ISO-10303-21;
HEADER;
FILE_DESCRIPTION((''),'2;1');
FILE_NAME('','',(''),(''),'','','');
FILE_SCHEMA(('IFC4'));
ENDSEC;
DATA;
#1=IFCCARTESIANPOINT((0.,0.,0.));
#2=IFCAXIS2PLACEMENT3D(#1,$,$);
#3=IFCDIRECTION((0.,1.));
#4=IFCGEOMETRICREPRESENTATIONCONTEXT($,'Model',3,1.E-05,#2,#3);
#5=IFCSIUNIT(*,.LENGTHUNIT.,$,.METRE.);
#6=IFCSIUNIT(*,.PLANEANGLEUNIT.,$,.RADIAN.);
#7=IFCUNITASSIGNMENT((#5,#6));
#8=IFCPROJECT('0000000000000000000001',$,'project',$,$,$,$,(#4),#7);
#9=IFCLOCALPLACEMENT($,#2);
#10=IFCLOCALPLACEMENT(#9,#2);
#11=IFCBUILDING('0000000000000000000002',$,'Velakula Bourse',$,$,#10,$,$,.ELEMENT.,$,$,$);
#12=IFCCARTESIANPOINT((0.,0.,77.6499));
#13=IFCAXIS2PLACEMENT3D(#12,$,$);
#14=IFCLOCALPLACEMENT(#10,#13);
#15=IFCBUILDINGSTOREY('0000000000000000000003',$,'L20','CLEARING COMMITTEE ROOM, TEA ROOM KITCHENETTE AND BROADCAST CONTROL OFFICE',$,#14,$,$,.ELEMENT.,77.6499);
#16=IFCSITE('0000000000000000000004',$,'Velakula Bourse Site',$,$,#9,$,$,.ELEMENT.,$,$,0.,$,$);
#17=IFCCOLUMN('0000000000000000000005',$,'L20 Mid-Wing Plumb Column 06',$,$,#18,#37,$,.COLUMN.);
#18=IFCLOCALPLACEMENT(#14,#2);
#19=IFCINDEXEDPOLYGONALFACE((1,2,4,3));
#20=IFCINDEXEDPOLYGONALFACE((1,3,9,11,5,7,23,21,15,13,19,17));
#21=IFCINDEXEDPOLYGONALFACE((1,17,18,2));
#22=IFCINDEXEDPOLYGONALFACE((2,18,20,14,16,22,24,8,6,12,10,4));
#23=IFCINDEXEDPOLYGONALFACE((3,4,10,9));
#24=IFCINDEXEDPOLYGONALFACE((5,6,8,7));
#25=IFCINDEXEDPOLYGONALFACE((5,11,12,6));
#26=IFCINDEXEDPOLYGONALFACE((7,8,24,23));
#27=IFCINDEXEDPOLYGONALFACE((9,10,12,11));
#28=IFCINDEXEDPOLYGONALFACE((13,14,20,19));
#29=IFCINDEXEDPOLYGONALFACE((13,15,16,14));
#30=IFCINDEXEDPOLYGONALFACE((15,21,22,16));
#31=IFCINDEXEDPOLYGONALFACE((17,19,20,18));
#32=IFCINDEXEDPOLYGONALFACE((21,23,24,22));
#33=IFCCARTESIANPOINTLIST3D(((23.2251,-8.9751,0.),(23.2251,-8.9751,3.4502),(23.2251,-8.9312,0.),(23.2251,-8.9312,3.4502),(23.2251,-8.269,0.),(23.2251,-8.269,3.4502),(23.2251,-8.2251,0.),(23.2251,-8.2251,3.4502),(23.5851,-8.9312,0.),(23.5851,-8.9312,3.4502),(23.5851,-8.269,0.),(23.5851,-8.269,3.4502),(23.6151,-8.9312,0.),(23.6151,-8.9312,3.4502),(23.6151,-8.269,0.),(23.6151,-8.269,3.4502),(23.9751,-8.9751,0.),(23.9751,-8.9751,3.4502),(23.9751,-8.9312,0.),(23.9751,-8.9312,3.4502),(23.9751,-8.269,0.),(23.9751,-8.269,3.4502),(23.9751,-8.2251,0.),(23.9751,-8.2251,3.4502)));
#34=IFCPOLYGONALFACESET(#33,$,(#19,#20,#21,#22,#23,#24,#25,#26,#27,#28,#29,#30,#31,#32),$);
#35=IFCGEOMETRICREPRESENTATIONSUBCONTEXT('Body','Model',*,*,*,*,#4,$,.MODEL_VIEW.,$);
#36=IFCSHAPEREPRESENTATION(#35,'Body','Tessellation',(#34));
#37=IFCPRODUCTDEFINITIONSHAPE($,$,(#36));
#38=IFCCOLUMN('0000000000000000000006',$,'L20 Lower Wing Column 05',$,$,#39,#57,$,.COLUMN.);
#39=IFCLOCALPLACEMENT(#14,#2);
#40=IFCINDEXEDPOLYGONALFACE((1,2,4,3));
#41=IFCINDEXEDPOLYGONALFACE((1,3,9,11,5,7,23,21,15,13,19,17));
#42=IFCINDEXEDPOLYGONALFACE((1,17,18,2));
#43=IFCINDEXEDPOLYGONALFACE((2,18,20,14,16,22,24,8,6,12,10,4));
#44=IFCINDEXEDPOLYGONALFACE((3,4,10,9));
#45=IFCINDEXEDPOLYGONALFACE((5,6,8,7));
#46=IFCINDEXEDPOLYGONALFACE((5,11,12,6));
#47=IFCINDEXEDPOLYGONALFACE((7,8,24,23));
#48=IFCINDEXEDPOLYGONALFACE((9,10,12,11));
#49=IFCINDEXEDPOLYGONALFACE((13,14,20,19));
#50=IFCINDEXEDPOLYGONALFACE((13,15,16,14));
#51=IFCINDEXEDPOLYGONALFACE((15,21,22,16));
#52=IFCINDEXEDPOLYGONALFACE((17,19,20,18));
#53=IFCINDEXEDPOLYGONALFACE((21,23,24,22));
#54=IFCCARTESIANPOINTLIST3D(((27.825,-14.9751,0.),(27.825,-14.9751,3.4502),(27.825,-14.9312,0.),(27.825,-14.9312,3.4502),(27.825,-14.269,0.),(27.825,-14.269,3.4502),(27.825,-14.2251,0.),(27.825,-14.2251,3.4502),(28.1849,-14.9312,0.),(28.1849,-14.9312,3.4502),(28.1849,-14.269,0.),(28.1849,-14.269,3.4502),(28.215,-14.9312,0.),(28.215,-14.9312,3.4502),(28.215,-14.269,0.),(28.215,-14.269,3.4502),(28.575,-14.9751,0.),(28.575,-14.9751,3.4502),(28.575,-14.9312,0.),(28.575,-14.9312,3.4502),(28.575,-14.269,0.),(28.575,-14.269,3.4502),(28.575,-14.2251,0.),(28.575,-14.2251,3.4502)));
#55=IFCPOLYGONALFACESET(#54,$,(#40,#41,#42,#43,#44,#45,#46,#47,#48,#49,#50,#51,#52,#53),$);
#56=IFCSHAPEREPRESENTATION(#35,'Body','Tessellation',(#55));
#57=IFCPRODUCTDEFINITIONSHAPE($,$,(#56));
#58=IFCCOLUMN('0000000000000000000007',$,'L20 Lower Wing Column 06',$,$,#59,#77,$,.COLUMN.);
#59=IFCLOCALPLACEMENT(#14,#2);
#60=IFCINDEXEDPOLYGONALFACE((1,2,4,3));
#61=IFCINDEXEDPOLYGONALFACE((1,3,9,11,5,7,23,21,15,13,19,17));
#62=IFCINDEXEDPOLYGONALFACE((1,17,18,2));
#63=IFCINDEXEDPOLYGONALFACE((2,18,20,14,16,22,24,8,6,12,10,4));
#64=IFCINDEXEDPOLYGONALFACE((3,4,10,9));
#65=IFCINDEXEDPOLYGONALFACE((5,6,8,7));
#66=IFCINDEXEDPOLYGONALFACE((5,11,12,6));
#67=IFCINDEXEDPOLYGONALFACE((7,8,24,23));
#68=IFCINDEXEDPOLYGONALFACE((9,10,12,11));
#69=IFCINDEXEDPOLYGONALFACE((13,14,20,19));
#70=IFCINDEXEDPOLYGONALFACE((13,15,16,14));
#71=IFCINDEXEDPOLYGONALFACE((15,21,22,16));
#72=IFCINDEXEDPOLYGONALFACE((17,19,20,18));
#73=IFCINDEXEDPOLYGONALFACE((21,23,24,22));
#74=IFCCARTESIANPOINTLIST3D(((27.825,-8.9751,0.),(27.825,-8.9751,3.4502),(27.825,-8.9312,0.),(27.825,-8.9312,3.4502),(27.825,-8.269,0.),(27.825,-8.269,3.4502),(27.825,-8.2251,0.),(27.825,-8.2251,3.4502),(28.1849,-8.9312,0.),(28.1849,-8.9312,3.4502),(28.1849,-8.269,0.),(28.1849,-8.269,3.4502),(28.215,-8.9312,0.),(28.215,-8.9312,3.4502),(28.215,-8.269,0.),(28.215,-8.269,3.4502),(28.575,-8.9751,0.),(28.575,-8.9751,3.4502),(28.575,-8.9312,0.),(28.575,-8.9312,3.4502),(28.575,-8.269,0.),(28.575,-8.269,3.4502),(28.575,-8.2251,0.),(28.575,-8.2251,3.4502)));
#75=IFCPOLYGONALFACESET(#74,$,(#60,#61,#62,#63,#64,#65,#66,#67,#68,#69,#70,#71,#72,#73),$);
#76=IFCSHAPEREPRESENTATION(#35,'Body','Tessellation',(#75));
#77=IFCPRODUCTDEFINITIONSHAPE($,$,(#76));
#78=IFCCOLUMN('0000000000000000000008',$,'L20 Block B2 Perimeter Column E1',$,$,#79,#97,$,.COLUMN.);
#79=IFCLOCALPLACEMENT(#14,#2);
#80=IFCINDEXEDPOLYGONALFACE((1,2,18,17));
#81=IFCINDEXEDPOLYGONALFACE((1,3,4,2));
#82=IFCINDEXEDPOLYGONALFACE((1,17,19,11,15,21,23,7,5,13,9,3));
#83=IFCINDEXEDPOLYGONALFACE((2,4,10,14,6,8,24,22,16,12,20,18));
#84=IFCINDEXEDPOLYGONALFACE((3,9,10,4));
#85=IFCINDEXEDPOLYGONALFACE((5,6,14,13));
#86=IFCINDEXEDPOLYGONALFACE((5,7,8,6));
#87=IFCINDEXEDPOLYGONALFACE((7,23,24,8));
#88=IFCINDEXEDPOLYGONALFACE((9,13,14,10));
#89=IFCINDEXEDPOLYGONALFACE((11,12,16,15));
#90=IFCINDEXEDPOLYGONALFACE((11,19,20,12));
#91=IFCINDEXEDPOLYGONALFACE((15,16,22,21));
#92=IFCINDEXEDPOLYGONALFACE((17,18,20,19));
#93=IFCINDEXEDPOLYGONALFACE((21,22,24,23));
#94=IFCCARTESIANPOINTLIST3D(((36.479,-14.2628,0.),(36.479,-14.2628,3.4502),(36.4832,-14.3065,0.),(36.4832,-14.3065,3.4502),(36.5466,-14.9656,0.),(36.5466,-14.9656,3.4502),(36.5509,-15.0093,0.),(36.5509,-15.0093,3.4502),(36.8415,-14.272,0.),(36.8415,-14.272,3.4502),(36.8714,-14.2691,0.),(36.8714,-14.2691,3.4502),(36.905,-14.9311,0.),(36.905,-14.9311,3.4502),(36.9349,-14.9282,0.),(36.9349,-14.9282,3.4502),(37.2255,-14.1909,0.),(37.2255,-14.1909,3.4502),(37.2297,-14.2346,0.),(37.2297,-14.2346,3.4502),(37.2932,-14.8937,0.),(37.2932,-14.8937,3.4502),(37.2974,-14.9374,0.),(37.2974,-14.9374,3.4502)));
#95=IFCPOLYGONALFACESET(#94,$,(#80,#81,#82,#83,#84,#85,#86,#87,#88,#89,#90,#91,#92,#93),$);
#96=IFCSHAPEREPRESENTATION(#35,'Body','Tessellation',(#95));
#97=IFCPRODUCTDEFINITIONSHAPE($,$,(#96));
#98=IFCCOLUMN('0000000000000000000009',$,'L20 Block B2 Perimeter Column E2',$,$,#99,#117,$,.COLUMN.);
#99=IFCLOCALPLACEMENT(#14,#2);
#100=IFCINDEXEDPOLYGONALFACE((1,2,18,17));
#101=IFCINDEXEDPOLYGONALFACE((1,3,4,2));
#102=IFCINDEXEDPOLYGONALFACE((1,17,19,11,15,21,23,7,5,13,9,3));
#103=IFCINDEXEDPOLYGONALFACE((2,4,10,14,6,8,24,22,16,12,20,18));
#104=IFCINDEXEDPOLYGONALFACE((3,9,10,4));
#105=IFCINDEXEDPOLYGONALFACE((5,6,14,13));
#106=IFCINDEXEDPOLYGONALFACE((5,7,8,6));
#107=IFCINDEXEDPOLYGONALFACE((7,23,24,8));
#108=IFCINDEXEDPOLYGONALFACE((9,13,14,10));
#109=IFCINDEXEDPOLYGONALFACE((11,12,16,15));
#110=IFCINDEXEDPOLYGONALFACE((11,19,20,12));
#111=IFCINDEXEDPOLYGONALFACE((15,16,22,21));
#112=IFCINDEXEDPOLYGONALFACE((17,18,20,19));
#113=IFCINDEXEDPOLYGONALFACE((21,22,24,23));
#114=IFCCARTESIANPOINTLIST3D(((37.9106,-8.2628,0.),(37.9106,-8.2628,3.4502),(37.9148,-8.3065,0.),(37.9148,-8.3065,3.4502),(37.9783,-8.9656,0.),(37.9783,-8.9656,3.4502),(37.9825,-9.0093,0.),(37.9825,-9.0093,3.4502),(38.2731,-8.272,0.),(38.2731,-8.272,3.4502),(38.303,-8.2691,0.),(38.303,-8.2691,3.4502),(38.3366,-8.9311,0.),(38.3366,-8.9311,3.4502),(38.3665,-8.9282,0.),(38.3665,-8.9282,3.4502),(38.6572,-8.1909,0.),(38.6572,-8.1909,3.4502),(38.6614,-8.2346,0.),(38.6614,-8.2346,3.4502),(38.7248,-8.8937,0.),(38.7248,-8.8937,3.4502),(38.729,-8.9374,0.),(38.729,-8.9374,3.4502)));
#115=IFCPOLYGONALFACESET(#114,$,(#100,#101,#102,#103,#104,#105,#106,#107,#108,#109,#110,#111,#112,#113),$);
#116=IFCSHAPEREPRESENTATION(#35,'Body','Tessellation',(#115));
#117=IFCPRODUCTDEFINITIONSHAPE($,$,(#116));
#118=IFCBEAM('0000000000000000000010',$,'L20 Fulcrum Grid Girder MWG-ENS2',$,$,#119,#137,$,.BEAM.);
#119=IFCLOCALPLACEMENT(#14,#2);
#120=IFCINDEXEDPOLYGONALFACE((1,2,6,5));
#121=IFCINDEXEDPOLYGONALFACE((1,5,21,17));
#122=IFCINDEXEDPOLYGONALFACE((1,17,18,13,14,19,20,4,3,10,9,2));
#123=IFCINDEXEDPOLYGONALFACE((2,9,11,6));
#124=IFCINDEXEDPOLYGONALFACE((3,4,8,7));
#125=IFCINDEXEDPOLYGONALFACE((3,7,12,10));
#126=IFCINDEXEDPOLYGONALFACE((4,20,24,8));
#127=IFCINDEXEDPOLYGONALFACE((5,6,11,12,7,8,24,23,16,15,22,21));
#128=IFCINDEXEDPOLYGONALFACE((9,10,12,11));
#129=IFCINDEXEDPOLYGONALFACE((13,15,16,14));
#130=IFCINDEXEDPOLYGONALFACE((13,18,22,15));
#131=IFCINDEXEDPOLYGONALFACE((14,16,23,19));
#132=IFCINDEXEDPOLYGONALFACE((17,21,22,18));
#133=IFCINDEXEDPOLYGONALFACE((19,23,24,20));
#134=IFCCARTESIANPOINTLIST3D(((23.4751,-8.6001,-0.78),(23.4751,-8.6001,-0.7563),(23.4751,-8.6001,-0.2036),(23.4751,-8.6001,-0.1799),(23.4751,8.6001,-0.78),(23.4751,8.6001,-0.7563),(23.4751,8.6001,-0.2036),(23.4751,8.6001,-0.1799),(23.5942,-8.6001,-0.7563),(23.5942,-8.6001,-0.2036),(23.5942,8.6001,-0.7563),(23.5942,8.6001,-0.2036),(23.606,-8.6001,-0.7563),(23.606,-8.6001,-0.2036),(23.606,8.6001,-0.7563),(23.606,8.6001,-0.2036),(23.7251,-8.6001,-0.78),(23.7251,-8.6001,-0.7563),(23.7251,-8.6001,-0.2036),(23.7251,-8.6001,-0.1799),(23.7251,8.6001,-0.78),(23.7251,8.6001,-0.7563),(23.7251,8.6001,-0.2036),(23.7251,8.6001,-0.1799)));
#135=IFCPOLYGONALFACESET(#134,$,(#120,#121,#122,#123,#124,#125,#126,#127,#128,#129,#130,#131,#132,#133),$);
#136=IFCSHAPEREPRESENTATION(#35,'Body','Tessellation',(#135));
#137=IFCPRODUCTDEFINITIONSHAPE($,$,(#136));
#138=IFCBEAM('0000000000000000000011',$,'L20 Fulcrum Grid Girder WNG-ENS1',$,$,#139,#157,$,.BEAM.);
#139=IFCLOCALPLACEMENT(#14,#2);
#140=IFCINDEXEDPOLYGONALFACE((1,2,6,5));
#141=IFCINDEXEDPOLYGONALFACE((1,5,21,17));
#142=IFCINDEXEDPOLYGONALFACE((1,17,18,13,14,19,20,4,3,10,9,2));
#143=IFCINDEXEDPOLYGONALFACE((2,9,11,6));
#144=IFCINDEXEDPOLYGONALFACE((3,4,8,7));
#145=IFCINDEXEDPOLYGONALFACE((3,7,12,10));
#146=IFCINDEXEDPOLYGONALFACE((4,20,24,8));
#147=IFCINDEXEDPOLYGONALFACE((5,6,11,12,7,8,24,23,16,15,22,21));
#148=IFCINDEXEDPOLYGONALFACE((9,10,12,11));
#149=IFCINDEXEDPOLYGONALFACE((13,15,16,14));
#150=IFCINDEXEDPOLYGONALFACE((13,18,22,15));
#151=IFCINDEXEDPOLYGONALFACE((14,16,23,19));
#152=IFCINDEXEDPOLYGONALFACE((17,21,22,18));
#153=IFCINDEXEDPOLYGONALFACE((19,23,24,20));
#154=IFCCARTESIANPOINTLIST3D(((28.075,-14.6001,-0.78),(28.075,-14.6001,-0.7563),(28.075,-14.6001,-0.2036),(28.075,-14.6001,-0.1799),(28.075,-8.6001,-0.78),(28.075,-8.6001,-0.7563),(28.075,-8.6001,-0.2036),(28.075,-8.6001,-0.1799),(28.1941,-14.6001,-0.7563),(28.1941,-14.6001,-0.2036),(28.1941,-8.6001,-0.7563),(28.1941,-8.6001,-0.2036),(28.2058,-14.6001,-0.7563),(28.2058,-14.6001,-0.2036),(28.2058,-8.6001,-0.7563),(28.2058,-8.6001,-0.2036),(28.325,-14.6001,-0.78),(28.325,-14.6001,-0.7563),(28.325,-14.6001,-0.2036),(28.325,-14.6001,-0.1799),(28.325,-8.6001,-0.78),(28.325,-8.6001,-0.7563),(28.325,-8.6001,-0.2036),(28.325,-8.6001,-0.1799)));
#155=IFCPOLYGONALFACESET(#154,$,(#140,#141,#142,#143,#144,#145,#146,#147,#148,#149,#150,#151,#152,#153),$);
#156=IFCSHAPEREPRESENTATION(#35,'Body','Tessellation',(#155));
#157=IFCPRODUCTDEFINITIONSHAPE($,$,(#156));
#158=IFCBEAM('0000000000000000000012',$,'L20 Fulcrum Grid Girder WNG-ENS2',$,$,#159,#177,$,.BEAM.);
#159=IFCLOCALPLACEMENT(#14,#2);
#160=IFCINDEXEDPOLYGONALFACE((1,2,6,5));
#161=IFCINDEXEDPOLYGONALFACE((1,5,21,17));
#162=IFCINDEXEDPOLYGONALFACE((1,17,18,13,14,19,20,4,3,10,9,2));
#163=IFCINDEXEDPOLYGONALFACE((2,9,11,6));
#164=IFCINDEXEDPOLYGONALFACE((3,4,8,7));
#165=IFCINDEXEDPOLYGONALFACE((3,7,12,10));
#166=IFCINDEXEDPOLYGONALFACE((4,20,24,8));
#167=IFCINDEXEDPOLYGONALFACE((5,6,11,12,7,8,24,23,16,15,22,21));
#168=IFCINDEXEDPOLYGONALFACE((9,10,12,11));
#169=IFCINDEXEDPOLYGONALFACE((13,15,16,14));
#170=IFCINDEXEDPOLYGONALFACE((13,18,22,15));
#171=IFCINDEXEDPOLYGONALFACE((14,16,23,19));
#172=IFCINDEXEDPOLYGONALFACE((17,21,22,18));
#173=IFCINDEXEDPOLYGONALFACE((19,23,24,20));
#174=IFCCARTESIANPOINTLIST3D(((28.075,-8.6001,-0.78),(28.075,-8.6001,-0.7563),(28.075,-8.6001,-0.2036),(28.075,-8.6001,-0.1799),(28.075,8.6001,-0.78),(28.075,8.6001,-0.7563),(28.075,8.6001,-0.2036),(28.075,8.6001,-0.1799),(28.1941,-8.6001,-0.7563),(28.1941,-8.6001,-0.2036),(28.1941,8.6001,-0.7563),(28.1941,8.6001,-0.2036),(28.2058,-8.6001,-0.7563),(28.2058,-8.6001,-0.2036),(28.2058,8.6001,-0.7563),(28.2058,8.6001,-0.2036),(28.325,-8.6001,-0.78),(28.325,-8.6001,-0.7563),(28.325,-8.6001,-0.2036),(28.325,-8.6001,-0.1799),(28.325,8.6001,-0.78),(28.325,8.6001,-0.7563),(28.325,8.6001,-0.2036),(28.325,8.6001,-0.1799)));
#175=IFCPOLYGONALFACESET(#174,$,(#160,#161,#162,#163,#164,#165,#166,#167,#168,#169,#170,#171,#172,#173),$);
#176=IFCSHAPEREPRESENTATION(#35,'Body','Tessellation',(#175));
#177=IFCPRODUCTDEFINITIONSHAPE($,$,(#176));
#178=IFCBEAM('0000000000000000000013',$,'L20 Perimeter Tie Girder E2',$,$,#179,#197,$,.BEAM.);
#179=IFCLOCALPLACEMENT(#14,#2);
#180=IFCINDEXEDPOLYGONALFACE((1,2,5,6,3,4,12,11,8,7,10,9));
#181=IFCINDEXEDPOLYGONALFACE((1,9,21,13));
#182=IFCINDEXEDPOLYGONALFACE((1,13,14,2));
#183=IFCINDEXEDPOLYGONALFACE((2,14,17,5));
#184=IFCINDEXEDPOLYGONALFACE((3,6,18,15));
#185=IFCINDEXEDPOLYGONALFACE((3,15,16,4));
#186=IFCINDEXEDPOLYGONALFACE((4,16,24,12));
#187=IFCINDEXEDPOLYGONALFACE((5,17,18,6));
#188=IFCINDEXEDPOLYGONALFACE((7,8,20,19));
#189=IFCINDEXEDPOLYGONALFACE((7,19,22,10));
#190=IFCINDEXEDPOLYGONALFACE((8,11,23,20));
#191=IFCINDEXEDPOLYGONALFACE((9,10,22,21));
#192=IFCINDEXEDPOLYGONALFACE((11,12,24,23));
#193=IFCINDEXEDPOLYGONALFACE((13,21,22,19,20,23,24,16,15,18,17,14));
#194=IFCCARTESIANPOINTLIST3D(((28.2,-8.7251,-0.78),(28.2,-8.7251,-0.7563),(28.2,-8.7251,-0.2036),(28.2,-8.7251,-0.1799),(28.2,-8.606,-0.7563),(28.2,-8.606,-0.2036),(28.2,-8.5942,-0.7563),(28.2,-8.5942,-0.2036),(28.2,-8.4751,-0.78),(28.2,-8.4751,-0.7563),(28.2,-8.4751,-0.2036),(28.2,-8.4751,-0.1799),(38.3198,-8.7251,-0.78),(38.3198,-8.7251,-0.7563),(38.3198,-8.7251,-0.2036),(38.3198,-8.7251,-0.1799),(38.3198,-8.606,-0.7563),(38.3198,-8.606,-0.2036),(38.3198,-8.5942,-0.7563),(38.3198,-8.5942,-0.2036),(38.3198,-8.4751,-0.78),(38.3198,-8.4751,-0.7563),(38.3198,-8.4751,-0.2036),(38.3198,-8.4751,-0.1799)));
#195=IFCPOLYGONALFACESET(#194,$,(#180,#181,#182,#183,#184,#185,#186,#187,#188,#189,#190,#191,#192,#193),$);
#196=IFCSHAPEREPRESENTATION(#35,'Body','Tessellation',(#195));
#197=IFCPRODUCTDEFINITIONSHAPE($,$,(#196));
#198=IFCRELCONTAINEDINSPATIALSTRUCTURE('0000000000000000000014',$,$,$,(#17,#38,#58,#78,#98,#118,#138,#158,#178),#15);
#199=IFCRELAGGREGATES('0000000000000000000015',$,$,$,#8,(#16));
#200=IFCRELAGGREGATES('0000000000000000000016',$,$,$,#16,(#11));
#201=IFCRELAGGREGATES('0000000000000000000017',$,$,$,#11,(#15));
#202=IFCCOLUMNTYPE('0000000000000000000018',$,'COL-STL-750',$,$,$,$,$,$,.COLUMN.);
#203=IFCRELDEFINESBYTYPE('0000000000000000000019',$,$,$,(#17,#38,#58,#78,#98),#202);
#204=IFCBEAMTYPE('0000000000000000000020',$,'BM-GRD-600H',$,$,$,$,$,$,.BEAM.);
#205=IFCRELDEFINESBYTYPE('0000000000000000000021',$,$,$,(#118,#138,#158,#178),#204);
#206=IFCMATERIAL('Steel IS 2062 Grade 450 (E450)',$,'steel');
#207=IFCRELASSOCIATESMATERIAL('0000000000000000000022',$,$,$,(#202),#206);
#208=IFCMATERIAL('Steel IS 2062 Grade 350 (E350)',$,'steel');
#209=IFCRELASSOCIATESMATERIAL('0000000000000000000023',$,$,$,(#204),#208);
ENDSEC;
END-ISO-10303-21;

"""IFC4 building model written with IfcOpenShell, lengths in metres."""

from ifc_helpers import new_model, si_unit, direction, frame, origin, origin_2d, place, context, subcontext, project, spatial, i_section, extrude, material, material_profile, profile_set, type_object, element, save


model = new_model("IFC4")

# Units and contexts
model_context = context("Model", 3, precision=1e-05, world=origin(), true_north=direction((0.0, 1.0)))
body_context = subcontext(model_context, "Body", "Model", "MODEL_VIEW")
ifc_project = project(units=[si_unit("LENGTHUNIT", "METRE"), si_unit("PLANEANGLEUNIT", "RADIAN")], contexts=[model_context])

# Site, building, storey
site_placement = place(None, origin())
site = spatial("IfcSite", under=ifc_project, at=site_placement, Name="Velakula Bourse Site", CompositionType="ELEMENT", RefElevation=0.0)
building_placement = place(site_placement, origin())
building = spatial("IfcBuilding", under=site, at=building_placement, Name="Velakula Bourse", CompositionType="ELEMENT")
storey_placement = place(building_placement, frame((0.0, 0.0, 77.6499)))
storey = spatial("IfcBuildingStorey", under=building, at=storey_placement, Name="L20", Description="CLEARING COMMITTEE ROOM, TEA ROOM KITCHENETTE AND BROADCAST CONTROL OFFICE", CompositionType="ELEMENT", Elevation=77.6499)

# Columns
ifc_material_1 = material(Name="Steel IS 2062 Grade 450 (E450)", Category="steel")
ifc_material_profile_1 = material_profile(ifc_material_1, i_section(OverallWidth=0.75, OverallDepth=0.75, WebThickness=0.03, FlangeThickness=0.0439, at=origin_2d()), Name="Steel IS 2062 Grade 450 (E450)")
ifc_profile_set_1 = profile_set([ifc_material_profile_1], Name="Steel IS 2062 Grade 450 (E450)")
column_type = type_object("IfcColumnType", Name="COL-STL-750", PredefinedType="COLUMN", material=ifc_profile_set_1)
for number, where, z_axis, x_axis, name in (
    (1, (23.6001, -8.6001, 0.0), (0.0, 0.0, 1.0), (1.0, 0.0, 0.0), "L20 Mid-Wing Plumb Column 06"),
    (2, (28.2, -14.6001, 0.0), (0.0, 0.0, 1.0), (1.0, 0.0, 0.0), "L20 Lower Wing Column 05"),
    (3, (28.2, -8.6001, 0.0), (0.0, 0.0, 1.0), (1.0, 0.0, 0.0), "L20 Lower Wing Column 06"),
    (4, (36.8882, -14.6001, 0.0), (0.0, 0.0, 1.0), (0.995396, 0.095846, 0.0), "L20 Block B2 Perimeter Column E1"),
    (5, (38.3198, -8.6001, 0.0), (0.0, 0.0, 1.0), (0.995396, 0.095846, 0.0), "L20 Block B2 Perimeter Column E2"),
):
    element("IfcColumn", number, at=place(storey_placement, frame(where, z_axis=z_axis, x_axis=x_axis)), inside=storey, type_object=column_type, Name=name, PredefinedType="COLUMN", context=body_context, shape_type="SweptSolid", body=[
        extrude(i_section(OverallWidth=0.75, OverallDepth=0.75, WebThickness=0.03, FlangeThickness=0.0439, at=origin_2d()), origin(), (0.0, 0.0, 1.0), 3.4502),
    ])

# Beams
ifc_material_2 = material(Name="Steel IS 2062 Grade 350 (E350)", Category="steel")
ifc_material_profile_2 = material_profile(ifc_material_2, i_section(OverallWidth=0.25, OverallDepth=0.6001, WebThickness=0.0117, FlangeThickness=0.0237, at=origin_2d()), Name="Steel IS 2062 Grade 350 (E350)")
ifc_profile_set_2 = profile_set([ifc_material_profile_2], Name="Steel IS 2062 Grade 350 (E350)")
beam_type_1 = type_object("IfcBeamType", Name="BM-GRD-600H", PredefinedType="BEAM", material=ifc_profile_set_2)
beam_1_placement = place(storey_placement, frame((23.6001, -8.6001, -0.48), z_axis=(0.0, 1.0, 0.0), x_axis=(-1.0, 0.0, 0.0)))
element("IfcBeam", 6, at=beam_1_placement, inside=storey, type_object=beam_type_1, Name="L20 Fulcrum Grid Girder MWG-ENS2", PredefinedType="BEAM", context=body_context, shape_type="SweptSolid", body=[
    extrude(i_section(OverallWidth=0.25, OverallDepth=0.6001, WebThickness=0.0117, FlangeThickness=0.0237, at=origin_2d()), origin(), (0.0, 0.0, 1.0), 17.2002),
])
beam_2_placement = place(storey_placement, frame((28.2, -14.6001, -0.48), z_axis=(0.0, 1.0, 0.0), x_axis=(-1.0, 0.0, 0.0)))
element("IfcBeam", 7, at=beam_2_placement, inside=storey, type_object=beam_type_1, Name="L20 Fulcrum Grid Girder WNG-ENS1", PredefinedType="BEAM", context=body_context, shape_type="SweptSolid", body=[
    extrude(i_section(OverallWidth=0.25, OverallDepth=0.6001, WebThickness=0.0117, FlangeThickness=0.0237, at=origin_2d()), origin(), (0.0, 0.0, 1.0), 6.0),
])
beam_3_placement = place(storey_placement, frame((28.2, -8.6001, -0.48), z_axis=(0.0, 1.0, 0.0), x_axis=(-1.0, 0.0, 0.0)))
element("IfcBeam", 8, at=beam_3_placement, inside=storey, type_object=beam_type_1, Name="L20 Fulcrum Grid Girder WNG-ENS2", PredefinedType="BEAM", context=body_context, shape_type="SweptSolid", body=[
    extrude(i_section(OverallWidth=0.25, OverallDepth=0.6001, WebThickness=0.0117, FlangeThickness=0.0237, at=origin_2d()), origin(), (0.0, 0.0, 1.0), 17.2002),
])
beam_4_placement = place(storey_placement, frame((28.2, -8.6001, -0.48), z_axis=(1.0, 0.0, 0.0), x_axis=(0.0, 1.0, 0.0)))
element("IfcBeam", 9, at=beam_4_placement, inside=storey, type_object=beam_type_1, Name="L20 Perimeter Tie Girder E2", PredefinedType="BEAM", context=body_context, shape_type="SweptSolid", body=[
    extrude(i_section(OverallWidth=0.25, OverallDepth=0.6001, WebThickness=0.0117, FlangeThickness=0.0237, at=origin_2d()), origin(), (0.0, 0.0, 1.0), 10.1199),
])

save(model, "model.ifc")
